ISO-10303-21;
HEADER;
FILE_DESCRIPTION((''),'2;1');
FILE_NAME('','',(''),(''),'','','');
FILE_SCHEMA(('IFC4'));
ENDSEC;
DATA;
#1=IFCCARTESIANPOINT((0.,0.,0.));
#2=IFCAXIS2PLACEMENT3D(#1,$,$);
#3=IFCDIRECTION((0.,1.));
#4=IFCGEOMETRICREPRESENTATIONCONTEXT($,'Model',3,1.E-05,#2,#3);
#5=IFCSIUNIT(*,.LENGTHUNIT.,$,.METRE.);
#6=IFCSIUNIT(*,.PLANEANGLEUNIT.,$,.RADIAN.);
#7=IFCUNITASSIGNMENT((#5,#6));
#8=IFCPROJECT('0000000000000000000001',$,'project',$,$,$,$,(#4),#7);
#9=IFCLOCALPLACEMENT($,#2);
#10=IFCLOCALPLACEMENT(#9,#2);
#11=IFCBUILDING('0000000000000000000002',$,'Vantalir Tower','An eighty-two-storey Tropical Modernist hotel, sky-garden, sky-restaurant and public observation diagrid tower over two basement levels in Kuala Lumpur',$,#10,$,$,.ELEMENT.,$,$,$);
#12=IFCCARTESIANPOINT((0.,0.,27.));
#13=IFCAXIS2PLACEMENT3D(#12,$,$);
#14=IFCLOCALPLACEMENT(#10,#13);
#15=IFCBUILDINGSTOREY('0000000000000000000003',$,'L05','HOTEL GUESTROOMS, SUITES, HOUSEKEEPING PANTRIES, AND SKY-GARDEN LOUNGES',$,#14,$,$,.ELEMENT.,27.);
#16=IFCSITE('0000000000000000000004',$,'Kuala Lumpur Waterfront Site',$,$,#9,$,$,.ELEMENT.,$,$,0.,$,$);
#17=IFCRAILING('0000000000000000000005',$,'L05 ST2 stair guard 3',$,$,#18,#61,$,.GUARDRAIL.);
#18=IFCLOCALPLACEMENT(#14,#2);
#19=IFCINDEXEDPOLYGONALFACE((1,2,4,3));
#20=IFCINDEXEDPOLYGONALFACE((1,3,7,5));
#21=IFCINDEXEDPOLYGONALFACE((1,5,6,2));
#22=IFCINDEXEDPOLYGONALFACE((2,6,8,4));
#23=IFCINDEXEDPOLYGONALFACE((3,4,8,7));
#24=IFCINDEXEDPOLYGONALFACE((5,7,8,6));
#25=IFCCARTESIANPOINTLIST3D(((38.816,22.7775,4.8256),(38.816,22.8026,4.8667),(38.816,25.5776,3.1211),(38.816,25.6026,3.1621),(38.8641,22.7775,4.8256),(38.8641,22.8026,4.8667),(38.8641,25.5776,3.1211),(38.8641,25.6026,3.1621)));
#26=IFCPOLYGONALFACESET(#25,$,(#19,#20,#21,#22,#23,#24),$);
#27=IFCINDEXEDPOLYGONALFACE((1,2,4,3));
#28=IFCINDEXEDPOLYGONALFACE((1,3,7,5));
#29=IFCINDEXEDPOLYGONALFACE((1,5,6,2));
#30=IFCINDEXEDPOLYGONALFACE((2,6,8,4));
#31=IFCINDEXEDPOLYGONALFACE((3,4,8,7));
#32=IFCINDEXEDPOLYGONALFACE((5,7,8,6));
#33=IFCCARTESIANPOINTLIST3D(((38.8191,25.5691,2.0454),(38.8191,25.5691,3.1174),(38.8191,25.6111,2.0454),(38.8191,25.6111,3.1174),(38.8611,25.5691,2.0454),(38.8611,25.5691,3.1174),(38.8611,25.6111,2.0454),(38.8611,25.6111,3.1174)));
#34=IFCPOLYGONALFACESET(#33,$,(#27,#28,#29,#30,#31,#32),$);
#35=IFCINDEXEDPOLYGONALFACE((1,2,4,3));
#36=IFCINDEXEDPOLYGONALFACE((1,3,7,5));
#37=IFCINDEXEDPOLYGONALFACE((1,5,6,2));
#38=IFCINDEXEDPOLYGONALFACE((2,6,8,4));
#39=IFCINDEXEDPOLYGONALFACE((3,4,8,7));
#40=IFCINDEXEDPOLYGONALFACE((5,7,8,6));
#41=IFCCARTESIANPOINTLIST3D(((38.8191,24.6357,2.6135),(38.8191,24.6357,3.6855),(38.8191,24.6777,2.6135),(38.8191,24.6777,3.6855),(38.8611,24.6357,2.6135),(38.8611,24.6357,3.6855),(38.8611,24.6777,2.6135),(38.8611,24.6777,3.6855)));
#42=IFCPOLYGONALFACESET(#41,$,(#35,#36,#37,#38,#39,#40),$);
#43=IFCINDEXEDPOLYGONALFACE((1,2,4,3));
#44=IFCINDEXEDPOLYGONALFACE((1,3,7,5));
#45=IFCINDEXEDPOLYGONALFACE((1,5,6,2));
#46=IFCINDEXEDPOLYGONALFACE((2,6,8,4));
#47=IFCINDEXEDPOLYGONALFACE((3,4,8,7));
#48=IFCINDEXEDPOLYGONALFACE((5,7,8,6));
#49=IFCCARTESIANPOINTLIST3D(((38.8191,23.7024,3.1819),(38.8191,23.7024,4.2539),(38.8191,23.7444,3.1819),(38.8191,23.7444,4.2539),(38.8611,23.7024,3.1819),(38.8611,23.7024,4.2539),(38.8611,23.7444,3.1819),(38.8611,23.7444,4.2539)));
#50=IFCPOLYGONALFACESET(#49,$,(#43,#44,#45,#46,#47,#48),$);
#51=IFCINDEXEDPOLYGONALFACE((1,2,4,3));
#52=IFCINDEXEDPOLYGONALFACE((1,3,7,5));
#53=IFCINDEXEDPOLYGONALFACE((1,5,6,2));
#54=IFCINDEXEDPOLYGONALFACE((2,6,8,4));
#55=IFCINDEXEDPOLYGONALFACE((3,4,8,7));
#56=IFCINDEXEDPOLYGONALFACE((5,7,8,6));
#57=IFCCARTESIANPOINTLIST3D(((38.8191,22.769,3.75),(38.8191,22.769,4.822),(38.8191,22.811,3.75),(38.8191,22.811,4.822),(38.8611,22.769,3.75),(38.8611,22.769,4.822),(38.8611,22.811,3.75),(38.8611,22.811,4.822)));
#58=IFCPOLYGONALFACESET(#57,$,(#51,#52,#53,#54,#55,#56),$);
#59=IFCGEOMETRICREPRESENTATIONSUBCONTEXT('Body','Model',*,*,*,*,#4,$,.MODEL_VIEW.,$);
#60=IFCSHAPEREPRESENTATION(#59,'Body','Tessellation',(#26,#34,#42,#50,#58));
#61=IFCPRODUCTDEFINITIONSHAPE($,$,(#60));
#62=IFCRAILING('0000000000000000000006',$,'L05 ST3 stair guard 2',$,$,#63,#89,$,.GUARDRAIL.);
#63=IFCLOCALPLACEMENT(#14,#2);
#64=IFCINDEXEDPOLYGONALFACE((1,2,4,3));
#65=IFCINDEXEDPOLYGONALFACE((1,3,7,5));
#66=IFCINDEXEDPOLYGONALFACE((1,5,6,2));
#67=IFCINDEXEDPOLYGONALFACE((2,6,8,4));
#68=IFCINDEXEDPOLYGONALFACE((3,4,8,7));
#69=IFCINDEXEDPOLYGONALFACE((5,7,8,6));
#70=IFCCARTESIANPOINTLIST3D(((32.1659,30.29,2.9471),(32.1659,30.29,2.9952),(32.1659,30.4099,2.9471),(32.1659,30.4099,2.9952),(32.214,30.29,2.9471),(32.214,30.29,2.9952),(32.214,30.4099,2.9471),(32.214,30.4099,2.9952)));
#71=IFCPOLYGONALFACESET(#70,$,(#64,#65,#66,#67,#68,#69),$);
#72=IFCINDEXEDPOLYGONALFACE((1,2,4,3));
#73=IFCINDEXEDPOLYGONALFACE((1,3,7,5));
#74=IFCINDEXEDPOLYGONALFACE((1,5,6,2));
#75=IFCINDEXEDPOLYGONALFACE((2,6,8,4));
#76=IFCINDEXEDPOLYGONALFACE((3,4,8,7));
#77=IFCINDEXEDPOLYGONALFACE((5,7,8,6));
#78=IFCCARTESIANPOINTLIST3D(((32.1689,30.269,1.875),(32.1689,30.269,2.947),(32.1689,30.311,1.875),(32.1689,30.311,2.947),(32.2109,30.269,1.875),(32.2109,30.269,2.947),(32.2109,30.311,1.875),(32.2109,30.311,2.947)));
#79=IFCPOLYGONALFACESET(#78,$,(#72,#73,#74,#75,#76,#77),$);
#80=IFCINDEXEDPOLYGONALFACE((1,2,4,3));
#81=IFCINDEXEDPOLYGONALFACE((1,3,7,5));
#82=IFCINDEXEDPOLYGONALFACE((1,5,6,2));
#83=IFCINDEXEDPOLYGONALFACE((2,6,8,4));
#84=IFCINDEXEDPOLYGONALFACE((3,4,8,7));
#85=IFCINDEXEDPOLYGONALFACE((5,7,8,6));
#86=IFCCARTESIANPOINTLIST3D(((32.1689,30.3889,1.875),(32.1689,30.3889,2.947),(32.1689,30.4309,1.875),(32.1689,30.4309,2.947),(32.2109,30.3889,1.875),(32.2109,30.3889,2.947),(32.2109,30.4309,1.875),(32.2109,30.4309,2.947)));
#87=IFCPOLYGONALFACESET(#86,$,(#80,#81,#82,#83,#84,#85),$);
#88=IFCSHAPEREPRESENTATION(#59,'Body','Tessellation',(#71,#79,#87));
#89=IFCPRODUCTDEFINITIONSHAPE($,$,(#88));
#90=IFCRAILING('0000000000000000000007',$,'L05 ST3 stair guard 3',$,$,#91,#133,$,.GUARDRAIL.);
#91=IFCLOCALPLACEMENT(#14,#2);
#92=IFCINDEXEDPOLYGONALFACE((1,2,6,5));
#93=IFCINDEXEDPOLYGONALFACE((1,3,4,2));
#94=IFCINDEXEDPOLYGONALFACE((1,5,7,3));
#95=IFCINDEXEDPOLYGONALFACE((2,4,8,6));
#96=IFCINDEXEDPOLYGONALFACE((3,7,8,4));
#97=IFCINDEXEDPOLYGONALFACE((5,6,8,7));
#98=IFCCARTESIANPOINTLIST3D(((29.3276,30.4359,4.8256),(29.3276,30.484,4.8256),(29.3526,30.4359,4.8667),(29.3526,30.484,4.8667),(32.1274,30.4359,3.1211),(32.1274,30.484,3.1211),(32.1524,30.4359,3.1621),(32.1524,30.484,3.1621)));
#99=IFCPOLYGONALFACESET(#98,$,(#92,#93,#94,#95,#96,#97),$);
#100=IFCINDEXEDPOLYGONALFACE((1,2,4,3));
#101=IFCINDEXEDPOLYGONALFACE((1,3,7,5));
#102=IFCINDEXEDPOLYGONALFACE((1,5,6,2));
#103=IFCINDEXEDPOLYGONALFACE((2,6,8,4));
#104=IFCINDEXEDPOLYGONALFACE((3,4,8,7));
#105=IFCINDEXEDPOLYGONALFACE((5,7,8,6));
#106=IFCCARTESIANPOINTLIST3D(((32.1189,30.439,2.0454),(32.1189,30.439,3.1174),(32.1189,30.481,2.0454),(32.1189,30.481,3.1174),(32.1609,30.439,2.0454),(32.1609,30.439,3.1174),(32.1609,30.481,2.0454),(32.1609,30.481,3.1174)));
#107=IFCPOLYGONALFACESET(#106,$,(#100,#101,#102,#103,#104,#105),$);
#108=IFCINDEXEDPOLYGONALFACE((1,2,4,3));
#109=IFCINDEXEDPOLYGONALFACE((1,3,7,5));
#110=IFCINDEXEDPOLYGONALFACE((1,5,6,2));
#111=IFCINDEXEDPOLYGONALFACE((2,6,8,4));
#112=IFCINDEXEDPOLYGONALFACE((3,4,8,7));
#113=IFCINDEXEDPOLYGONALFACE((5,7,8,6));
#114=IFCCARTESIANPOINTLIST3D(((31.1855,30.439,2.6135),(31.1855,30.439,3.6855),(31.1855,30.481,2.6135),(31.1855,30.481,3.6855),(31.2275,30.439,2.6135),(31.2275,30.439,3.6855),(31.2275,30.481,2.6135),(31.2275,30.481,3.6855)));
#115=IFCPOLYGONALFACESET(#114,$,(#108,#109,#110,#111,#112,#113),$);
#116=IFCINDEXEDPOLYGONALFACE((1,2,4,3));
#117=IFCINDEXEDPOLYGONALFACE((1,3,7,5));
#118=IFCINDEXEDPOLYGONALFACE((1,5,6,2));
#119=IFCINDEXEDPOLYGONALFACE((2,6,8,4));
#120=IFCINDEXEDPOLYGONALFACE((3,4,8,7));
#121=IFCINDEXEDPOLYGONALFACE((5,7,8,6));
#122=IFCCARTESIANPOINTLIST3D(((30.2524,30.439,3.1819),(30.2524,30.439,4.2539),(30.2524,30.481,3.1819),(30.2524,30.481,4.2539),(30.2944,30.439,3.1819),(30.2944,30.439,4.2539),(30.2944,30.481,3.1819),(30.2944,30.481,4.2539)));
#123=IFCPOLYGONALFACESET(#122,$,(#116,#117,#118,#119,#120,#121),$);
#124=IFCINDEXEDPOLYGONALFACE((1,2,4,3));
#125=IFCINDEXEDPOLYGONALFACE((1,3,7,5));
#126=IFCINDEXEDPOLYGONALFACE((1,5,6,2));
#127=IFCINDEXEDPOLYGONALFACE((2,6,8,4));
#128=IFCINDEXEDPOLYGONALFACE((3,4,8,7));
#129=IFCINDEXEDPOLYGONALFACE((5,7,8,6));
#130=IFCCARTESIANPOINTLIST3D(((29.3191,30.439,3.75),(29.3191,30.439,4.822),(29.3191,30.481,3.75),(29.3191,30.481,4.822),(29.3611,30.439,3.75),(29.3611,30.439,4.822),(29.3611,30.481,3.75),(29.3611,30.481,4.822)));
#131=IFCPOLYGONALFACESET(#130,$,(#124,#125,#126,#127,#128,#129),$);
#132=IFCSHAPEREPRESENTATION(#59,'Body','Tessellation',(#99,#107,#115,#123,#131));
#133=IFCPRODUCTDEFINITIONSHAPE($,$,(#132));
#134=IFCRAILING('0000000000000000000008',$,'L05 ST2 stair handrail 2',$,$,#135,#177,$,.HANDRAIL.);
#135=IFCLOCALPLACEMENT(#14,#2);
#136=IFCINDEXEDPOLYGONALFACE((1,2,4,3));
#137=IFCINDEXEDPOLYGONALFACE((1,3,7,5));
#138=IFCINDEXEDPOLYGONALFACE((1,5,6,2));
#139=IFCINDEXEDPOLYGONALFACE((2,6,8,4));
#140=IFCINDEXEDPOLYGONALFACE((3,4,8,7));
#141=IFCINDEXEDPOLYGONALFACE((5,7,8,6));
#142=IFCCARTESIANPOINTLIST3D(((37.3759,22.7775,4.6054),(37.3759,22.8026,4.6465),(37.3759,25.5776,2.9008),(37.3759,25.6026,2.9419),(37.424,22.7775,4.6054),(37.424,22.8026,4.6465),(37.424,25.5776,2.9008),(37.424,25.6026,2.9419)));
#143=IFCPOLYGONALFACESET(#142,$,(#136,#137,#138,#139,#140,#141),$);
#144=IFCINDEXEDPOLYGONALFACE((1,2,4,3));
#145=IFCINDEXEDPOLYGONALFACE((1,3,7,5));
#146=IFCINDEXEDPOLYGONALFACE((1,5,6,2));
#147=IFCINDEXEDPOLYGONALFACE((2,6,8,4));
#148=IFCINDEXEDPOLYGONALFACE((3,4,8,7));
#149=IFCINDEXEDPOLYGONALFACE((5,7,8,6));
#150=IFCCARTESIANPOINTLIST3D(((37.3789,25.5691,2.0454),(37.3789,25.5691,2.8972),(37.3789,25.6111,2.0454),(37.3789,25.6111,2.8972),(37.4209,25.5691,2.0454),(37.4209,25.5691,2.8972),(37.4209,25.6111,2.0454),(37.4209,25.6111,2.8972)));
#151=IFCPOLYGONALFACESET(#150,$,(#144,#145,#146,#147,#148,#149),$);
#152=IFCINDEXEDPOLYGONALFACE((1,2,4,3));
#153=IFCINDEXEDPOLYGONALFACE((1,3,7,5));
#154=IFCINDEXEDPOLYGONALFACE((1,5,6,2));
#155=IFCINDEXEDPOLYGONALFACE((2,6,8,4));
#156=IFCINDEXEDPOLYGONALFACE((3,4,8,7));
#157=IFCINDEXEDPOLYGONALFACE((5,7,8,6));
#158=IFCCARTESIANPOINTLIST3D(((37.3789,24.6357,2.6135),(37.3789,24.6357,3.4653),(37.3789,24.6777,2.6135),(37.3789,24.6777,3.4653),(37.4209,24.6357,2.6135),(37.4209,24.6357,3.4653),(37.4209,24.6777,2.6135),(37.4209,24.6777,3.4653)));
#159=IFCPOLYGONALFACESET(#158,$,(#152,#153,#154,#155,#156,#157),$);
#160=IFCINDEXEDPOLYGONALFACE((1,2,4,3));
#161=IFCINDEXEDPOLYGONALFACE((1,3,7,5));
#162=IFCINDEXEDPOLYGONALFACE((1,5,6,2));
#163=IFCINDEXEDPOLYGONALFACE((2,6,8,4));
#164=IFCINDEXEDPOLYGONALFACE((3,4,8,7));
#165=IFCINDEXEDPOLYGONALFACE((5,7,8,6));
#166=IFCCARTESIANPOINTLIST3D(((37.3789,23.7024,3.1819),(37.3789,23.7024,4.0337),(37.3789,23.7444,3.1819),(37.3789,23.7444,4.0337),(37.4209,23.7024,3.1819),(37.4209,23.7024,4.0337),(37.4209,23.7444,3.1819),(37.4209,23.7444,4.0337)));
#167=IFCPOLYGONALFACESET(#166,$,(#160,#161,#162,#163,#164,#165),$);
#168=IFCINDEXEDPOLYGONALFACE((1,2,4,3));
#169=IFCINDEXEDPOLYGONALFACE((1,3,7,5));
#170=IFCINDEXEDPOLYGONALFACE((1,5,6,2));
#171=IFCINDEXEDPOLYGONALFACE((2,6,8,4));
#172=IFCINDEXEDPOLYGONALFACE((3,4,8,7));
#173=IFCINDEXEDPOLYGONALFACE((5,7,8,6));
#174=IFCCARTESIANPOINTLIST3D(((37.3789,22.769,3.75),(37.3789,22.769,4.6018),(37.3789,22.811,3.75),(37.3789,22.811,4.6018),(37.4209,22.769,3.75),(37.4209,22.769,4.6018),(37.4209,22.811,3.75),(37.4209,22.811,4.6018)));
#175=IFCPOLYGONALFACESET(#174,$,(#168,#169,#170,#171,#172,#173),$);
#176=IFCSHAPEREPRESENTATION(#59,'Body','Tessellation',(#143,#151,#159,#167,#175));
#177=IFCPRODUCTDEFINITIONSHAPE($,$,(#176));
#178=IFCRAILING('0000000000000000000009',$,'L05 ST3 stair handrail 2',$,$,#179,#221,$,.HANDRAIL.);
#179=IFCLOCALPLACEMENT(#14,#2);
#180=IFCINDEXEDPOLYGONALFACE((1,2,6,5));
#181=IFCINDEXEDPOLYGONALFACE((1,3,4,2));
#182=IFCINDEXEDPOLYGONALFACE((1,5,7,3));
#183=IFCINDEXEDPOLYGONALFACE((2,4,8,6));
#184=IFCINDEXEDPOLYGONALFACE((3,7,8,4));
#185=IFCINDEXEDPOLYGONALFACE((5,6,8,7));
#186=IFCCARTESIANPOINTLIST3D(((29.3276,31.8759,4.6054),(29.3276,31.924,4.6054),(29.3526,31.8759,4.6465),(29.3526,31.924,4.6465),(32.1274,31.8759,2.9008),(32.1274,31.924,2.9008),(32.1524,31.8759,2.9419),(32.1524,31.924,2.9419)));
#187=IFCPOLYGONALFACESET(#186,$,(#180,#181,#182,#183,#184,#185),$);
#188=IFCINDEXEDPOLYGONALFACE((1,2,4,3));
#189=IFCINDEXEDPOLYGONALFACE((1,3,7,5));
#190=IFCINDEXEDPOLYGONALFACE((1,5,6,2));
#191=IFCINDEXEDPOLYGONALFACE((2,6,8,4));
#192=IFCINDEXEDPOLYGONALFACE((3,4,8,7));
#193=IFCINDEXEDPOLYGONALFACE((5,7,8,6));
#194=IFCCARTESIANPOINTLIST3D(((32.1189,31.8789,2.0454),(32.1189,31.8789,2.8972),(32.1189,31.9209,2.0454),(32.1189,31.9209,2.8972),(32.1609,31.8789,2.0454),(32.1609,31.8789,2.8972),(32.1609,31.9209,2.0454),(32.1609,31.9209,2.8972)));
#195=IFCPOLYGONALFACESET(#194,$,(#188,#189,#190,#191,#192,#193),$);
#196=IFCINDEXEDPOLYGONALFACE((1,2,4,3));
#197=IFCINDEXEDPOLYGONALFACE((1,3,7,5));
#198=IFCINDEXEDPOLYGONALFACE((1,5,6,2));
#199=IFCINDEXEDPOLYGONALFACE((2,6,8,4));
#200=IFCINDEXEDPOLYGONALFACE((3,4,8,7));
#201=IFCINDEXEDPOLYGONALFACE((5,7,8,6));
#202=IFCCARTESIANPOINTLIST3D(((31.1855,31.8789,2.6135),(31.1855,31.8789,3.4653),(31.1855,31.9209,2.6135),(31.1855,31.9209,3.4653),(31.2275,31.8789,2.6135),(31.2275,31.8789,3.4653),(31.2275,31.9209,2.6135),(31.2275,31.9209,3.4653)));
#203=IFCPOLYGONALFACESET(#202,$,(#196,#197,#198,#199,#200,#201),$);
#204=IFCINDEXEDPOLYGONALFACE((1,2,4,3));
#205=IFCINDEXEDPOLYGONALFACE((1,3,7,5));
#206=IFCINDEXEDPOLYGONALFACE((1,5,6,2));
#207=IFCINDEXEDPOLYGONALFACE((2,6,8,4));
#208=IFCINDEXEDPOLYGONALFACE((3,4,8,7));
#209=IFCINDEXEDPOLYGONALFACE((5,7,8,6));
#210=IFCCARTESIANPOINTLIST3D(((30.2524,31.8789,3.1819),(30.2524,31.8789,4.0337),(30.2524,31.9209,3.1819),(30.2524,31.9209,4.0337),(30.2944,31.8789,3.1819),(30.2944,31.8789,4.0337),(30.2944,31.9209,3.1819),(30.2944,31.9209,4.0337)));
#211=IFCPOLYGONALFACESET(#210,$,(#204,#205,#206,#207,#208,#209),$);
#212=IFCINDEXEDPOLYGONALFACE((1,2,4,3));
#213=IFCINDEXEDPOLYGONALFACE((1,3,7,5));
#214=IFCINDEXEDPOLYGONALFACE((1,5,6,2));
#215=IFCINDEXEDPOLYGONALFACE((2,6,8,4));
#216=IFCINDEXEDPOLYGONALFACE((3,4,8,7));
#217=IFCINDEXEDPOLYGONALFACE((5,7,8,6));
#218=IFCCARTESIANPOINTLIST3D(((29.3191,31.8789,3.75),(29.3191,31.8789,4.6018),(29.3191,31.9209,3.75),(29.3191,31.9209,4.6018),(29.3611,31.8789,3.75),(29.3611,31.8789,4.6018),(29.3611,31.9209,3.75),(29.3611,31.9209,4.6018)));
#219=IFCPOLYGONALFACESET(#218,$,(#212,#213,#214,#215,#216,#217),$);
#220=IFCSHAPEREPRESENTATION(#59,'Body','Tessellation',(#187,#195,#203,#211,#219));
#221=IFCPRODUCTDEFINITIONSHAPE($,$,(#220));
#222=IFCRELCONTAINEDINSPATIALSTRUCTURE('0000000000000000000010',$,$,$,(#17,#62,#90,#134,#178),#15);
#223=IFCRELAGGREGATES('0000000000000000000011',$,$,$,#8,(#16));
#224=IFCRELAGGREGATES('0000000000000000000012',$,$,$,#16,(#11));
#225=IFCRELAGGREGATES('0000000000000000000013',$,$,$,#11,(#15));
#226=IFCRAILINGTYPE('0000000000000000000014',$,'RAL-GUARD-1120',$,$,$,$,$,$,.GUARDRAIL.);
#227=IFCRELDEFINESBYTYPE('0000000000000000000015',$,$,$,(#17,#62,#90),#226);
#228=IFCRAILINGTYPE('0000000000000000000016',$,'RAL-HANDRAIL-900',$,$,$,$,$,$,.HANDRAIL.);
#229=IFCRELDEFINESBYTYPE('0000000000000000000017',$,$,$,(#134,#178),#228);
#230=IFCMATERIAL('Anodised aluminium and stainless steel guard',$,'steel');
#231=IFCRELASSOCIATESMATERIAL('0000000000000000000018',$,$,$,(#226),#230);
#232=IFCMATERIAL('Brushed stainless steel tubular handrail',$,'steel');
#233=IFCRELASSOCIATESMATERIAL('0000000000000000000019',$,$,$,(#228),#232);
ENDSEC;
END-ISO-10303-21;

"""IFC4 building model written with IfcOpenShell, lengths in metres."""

from ifc_helpers import new_model, si_unit, direction, frame, origin, origin_2d, place, context, subcontext, project, spatial, rectangle, extrude, material, type_object, element, save


model = new_model("IFC4")

# Units and contexts
model_context = context("Model", 3, precision=1e-05, world=origin(), true_north=direction((0.0, 1.0)))
body_context = subcontext(model_context, "Body", "Model", "MODEL_VIEW")
ifc_project = project(units=[si_unit("LENGTHUNIT", "METRE"), si_unit("PLANEANGLEUNIT", "RADIAN")], contexts=[model_context])

# Site, building, storey
site_placement = place(None, origin())
site = spatial("IfcSite", under=ifc_project, at=site_placement, Name="Kuala Lumpur Waterfront Site", CompositionType="ELEMENT", RefElevation=0.0)
building_placement = place(site_placement, origin())
building = spatial("IfcBuilding", under=site, at=building_placement, Name="Vantalir Tower", Description="An eighty-two-storey Tropical Modernist hotel, sky-garden, sky-restaurant and public observation diagrid tower over two basement levels in Kuala Lumpur", CompositionType="ELEMENT")
storey_placement = place(building_placement, frame((0.0, 0.0, 27.0)))
storey = spatial("IfcBuildingStorey", under=building, at=storey_placement, Name="L05", Description="HOTEL GUESTROOMS, SUITES, HOUSEKEEPING PANTRIES, AND SKY-GARDEN LOUNGES", CompositionType="ELEMENT", Elevation=27.0)

# Railings
ifc_material_1 = material(Name="Anodised aluminium and stainless steel guard", Category="steel")
railing_type_1 = type_object("IfcRailingType", Name="RAL-GUARD-1120", PredefinedType="GUARDRAIL", material=ifc_material_1)
railing_1_placement = place(storey_placement, frame((38.8401, 25.5901, 2.0454)))
element("IfcRailing", 1, at=railing_1_placement, inside=storey, type_object=railing_type_1, Name="L05 ST2 stair guard 3", PredefinedType="GUARDRAIL", context=body_context, shape_type="SweptSolid", body=[
    extrude(rectangle(XDim=0.0481, YDim=0.0481, at=origin_2d()), frame((0.0, 0.0, 1.0962), z_axis=(0.0, -0.85417, 0.519994), x_axis=(1.0, 0.0, 0.0)), (0.0, 0.0, 1.0), 3.2781),
    extrude(rectangle(XDim=0.042, YDim=0.042, at=origin_2d()), origin(), (0.0, 0.0, 1.0), 1.072),
    extrude(rectangle(XDim=0.042, YDim=0.042, at=origin_2d()), frame((0.0, -0.9333, 0.5681)), (0.0, 0.0, 1.0), 1.072),
    extrude(rectangle(XDim=0.042, YDim=0.042, at=origin_2d()), frame((0.0, -1.8667, 1.1365)), (0.0, 0.0, 1.0), 1.072),
    extrude(rectangle(XDim=0.042, YDim=0.042, at=origin_2d()), frame((0.0, -2.8, 1.7046)), (0.0, 0.0, 1.0), 1.072),
])
railing_2_placement = place(storey_placement, frame((32.1899, 30.29, 1.875)))
element("IfcRailing", 2, at=railing_2_placement, inside=storey, type_object=railing_type_1, Name="L05 ST3 stair guard 2", PredefinedType="GUARDRAIL", context=body_context, shape_type="SweptSolid", body=[
    extrude(rectangle(XDim=0.0481, YDim=0.0481, at=origin_2d()), frame((0.0, 0.0, 1.0962), z_axis=(0.0, 1.0, 0.0), x_axis=(-1.0, 0.0, 0.0)), (0.0, 0.0, 1.0), 0.1199),
    extrude(rectangle(XDim=0.042, YDim=0.042, at=origin_2d()), origin(), (0.0, 0.0, 1.0), 1.072),
    extrude(rectangle(XDim=0.042, YDim=0.042, at=origin_2d()), frame((0.0, 0.1199, 0.0)), (0.0, 0.0, 1.0), 1.072),
])
railing_3_placement = place(storey_placement, frame((32.1399, 30.46, 2.0454)))
element("IfcRailing", 3, at=railing_3_placement, inside=storey, type_object=railing_type_1, Name="L05 ST3 stair guard 3", PredefinedType="GUARDRAIL", context=body_context, shape_type="SweptSolid", body=[
    extrude(rectangle(XDim=0.0481, YDim=0.0481, at=origin_2d()), frame((0.0, 0.0, 1.0962), z_axis=(-0.85415, 0.0, 0.520027), x_axis=(0.0, -1.0, 0.0)), (0.0, 0.0, 1.0), 3.2778),
    extrude(rectangle(XDim=0.042, YDim=0.042, at=origin_2d()), origin(), (0.0, 0.0, 1.0), 1.072),
    extrude(rectangle(XDim=0.042, YDim=0.042, at=origin_2d()), frame((-0.9333, 0.0, 0.5681)), (0.0, 0.0, 1.0), 1.072),
    extrude(rectangle(XDim=0.042, YDim=0.042, at=origin_2d()), frame((-1.8665, 0.0, 1.1365)), (0.0, 0.0, 1.0), 1.072),
    extrude(rectangle(XDim=0.042, YDim=0.042, at=origin_2d()), frame((-2.7998, 0.0, 1.7046)), (0.0, 0.0, 1.0), 1.072),
])
ifc_material_2 = material(Name="Brushed stainless steel tubular handrail", Category="steel")
railing_type_2 = type_object("IfcRailingType", Name="RAL-HANDRAIL-900", PredefinedType="HANDRAIL", material=ifc_material_2)
railing_4_placement = place(storey_placement, frame((37.3999, 25.5901, 2.0454)))
element("IfcRailing", 4, at=railing_4_placement, inside=storey, type_object=railing_type_2, Name="L05 ST2 stair handrail 2", PredefinedType="HANDRAIL", context=body_context, shape_type="SweptSolid", body=[
    extrude(rectangle(XDim=0.0481, YDim=0.0481, at=origin_2d()), frame((0.0, 0.0, 0.876), z_axis=(0.0, -0.85417, 0.519994), x_axis=(1.0, 0.0, 0.0)), (0.0, 0.0, 1.0), 3.2781),
    extrude(rectangle(XDim=0.042, YDim=0.042, at=origin_2d()), origin(), (0.0, 0.0, 1.0), 0.8518),
    extrude(rectangle(XDim=0.042, YDim=0.042, at=origin_2d()), frame((0.0, -0.9333, 0.5681)), (0.0, 0.0, 1.0), 0.8518),
    extrude(rectangle(XDim=0.042, YDim=0.042, at=origin_2d()), frame((0.0, -1.8667, 1.1365)), (0.0, 0.0, 1.0), 0.8518),
    extrude(rectangle(XDim=0.042, YDim=0.042, at=origin_2d()), frame((0.0, -2.8, 1.7046)), (0.0, 0.0, 1.0), 0.8518),
])
railing_5_placement = place(storey_placement, frame((32.1399, 31.8999, 2.0454)))
element("IfcRailing", 5, at=railing_5_placement, inside=storey, type_object=railing_type_2, Name="L05 ST3 stair handrail 2", PredefinedType="HANDRAIL", context=body_context, shape_type="SweptSolid", body=[
    extrude(rectangle(XDim=0.0481, YDim=0.0481, at=origin_2d()), frame((0.0, 0.0, 0.876), z_axis=(-0.85415, 0.0, 0.520027), x_axis=(0.0, -1.0, 0.0)), (0.0, 0.0, 1.0), 3.2778),
    extrude(rectangle(XDim=0.042, YDim=0.042, at=origin_2d()), origin(), (0.0, 0.0, 1.0), 0.8518),
    extrude(rectangle(XDim=0.042, YDim=0.042, at=origin_2d()), frame((-0.9333, 0.0, 0.5681)), (0.0, 0.0, 1.0), 0.8518),
    extrude(rectangle(XDim=0.042, YDim=0.042, at=origin_2d()), frame((-1.8665, 0.0, 1.1365)), (0.0, 0.0, 1.0), 0.8518),
    extrude(rectangle(XDim=0.042, YDim=0.042, at=origin_2d()), frame((-2.7998, 0.0, 1.7046)), (0.0, 0.0, 1.0), 0.8518),
])

save(model, "model.ifc")
